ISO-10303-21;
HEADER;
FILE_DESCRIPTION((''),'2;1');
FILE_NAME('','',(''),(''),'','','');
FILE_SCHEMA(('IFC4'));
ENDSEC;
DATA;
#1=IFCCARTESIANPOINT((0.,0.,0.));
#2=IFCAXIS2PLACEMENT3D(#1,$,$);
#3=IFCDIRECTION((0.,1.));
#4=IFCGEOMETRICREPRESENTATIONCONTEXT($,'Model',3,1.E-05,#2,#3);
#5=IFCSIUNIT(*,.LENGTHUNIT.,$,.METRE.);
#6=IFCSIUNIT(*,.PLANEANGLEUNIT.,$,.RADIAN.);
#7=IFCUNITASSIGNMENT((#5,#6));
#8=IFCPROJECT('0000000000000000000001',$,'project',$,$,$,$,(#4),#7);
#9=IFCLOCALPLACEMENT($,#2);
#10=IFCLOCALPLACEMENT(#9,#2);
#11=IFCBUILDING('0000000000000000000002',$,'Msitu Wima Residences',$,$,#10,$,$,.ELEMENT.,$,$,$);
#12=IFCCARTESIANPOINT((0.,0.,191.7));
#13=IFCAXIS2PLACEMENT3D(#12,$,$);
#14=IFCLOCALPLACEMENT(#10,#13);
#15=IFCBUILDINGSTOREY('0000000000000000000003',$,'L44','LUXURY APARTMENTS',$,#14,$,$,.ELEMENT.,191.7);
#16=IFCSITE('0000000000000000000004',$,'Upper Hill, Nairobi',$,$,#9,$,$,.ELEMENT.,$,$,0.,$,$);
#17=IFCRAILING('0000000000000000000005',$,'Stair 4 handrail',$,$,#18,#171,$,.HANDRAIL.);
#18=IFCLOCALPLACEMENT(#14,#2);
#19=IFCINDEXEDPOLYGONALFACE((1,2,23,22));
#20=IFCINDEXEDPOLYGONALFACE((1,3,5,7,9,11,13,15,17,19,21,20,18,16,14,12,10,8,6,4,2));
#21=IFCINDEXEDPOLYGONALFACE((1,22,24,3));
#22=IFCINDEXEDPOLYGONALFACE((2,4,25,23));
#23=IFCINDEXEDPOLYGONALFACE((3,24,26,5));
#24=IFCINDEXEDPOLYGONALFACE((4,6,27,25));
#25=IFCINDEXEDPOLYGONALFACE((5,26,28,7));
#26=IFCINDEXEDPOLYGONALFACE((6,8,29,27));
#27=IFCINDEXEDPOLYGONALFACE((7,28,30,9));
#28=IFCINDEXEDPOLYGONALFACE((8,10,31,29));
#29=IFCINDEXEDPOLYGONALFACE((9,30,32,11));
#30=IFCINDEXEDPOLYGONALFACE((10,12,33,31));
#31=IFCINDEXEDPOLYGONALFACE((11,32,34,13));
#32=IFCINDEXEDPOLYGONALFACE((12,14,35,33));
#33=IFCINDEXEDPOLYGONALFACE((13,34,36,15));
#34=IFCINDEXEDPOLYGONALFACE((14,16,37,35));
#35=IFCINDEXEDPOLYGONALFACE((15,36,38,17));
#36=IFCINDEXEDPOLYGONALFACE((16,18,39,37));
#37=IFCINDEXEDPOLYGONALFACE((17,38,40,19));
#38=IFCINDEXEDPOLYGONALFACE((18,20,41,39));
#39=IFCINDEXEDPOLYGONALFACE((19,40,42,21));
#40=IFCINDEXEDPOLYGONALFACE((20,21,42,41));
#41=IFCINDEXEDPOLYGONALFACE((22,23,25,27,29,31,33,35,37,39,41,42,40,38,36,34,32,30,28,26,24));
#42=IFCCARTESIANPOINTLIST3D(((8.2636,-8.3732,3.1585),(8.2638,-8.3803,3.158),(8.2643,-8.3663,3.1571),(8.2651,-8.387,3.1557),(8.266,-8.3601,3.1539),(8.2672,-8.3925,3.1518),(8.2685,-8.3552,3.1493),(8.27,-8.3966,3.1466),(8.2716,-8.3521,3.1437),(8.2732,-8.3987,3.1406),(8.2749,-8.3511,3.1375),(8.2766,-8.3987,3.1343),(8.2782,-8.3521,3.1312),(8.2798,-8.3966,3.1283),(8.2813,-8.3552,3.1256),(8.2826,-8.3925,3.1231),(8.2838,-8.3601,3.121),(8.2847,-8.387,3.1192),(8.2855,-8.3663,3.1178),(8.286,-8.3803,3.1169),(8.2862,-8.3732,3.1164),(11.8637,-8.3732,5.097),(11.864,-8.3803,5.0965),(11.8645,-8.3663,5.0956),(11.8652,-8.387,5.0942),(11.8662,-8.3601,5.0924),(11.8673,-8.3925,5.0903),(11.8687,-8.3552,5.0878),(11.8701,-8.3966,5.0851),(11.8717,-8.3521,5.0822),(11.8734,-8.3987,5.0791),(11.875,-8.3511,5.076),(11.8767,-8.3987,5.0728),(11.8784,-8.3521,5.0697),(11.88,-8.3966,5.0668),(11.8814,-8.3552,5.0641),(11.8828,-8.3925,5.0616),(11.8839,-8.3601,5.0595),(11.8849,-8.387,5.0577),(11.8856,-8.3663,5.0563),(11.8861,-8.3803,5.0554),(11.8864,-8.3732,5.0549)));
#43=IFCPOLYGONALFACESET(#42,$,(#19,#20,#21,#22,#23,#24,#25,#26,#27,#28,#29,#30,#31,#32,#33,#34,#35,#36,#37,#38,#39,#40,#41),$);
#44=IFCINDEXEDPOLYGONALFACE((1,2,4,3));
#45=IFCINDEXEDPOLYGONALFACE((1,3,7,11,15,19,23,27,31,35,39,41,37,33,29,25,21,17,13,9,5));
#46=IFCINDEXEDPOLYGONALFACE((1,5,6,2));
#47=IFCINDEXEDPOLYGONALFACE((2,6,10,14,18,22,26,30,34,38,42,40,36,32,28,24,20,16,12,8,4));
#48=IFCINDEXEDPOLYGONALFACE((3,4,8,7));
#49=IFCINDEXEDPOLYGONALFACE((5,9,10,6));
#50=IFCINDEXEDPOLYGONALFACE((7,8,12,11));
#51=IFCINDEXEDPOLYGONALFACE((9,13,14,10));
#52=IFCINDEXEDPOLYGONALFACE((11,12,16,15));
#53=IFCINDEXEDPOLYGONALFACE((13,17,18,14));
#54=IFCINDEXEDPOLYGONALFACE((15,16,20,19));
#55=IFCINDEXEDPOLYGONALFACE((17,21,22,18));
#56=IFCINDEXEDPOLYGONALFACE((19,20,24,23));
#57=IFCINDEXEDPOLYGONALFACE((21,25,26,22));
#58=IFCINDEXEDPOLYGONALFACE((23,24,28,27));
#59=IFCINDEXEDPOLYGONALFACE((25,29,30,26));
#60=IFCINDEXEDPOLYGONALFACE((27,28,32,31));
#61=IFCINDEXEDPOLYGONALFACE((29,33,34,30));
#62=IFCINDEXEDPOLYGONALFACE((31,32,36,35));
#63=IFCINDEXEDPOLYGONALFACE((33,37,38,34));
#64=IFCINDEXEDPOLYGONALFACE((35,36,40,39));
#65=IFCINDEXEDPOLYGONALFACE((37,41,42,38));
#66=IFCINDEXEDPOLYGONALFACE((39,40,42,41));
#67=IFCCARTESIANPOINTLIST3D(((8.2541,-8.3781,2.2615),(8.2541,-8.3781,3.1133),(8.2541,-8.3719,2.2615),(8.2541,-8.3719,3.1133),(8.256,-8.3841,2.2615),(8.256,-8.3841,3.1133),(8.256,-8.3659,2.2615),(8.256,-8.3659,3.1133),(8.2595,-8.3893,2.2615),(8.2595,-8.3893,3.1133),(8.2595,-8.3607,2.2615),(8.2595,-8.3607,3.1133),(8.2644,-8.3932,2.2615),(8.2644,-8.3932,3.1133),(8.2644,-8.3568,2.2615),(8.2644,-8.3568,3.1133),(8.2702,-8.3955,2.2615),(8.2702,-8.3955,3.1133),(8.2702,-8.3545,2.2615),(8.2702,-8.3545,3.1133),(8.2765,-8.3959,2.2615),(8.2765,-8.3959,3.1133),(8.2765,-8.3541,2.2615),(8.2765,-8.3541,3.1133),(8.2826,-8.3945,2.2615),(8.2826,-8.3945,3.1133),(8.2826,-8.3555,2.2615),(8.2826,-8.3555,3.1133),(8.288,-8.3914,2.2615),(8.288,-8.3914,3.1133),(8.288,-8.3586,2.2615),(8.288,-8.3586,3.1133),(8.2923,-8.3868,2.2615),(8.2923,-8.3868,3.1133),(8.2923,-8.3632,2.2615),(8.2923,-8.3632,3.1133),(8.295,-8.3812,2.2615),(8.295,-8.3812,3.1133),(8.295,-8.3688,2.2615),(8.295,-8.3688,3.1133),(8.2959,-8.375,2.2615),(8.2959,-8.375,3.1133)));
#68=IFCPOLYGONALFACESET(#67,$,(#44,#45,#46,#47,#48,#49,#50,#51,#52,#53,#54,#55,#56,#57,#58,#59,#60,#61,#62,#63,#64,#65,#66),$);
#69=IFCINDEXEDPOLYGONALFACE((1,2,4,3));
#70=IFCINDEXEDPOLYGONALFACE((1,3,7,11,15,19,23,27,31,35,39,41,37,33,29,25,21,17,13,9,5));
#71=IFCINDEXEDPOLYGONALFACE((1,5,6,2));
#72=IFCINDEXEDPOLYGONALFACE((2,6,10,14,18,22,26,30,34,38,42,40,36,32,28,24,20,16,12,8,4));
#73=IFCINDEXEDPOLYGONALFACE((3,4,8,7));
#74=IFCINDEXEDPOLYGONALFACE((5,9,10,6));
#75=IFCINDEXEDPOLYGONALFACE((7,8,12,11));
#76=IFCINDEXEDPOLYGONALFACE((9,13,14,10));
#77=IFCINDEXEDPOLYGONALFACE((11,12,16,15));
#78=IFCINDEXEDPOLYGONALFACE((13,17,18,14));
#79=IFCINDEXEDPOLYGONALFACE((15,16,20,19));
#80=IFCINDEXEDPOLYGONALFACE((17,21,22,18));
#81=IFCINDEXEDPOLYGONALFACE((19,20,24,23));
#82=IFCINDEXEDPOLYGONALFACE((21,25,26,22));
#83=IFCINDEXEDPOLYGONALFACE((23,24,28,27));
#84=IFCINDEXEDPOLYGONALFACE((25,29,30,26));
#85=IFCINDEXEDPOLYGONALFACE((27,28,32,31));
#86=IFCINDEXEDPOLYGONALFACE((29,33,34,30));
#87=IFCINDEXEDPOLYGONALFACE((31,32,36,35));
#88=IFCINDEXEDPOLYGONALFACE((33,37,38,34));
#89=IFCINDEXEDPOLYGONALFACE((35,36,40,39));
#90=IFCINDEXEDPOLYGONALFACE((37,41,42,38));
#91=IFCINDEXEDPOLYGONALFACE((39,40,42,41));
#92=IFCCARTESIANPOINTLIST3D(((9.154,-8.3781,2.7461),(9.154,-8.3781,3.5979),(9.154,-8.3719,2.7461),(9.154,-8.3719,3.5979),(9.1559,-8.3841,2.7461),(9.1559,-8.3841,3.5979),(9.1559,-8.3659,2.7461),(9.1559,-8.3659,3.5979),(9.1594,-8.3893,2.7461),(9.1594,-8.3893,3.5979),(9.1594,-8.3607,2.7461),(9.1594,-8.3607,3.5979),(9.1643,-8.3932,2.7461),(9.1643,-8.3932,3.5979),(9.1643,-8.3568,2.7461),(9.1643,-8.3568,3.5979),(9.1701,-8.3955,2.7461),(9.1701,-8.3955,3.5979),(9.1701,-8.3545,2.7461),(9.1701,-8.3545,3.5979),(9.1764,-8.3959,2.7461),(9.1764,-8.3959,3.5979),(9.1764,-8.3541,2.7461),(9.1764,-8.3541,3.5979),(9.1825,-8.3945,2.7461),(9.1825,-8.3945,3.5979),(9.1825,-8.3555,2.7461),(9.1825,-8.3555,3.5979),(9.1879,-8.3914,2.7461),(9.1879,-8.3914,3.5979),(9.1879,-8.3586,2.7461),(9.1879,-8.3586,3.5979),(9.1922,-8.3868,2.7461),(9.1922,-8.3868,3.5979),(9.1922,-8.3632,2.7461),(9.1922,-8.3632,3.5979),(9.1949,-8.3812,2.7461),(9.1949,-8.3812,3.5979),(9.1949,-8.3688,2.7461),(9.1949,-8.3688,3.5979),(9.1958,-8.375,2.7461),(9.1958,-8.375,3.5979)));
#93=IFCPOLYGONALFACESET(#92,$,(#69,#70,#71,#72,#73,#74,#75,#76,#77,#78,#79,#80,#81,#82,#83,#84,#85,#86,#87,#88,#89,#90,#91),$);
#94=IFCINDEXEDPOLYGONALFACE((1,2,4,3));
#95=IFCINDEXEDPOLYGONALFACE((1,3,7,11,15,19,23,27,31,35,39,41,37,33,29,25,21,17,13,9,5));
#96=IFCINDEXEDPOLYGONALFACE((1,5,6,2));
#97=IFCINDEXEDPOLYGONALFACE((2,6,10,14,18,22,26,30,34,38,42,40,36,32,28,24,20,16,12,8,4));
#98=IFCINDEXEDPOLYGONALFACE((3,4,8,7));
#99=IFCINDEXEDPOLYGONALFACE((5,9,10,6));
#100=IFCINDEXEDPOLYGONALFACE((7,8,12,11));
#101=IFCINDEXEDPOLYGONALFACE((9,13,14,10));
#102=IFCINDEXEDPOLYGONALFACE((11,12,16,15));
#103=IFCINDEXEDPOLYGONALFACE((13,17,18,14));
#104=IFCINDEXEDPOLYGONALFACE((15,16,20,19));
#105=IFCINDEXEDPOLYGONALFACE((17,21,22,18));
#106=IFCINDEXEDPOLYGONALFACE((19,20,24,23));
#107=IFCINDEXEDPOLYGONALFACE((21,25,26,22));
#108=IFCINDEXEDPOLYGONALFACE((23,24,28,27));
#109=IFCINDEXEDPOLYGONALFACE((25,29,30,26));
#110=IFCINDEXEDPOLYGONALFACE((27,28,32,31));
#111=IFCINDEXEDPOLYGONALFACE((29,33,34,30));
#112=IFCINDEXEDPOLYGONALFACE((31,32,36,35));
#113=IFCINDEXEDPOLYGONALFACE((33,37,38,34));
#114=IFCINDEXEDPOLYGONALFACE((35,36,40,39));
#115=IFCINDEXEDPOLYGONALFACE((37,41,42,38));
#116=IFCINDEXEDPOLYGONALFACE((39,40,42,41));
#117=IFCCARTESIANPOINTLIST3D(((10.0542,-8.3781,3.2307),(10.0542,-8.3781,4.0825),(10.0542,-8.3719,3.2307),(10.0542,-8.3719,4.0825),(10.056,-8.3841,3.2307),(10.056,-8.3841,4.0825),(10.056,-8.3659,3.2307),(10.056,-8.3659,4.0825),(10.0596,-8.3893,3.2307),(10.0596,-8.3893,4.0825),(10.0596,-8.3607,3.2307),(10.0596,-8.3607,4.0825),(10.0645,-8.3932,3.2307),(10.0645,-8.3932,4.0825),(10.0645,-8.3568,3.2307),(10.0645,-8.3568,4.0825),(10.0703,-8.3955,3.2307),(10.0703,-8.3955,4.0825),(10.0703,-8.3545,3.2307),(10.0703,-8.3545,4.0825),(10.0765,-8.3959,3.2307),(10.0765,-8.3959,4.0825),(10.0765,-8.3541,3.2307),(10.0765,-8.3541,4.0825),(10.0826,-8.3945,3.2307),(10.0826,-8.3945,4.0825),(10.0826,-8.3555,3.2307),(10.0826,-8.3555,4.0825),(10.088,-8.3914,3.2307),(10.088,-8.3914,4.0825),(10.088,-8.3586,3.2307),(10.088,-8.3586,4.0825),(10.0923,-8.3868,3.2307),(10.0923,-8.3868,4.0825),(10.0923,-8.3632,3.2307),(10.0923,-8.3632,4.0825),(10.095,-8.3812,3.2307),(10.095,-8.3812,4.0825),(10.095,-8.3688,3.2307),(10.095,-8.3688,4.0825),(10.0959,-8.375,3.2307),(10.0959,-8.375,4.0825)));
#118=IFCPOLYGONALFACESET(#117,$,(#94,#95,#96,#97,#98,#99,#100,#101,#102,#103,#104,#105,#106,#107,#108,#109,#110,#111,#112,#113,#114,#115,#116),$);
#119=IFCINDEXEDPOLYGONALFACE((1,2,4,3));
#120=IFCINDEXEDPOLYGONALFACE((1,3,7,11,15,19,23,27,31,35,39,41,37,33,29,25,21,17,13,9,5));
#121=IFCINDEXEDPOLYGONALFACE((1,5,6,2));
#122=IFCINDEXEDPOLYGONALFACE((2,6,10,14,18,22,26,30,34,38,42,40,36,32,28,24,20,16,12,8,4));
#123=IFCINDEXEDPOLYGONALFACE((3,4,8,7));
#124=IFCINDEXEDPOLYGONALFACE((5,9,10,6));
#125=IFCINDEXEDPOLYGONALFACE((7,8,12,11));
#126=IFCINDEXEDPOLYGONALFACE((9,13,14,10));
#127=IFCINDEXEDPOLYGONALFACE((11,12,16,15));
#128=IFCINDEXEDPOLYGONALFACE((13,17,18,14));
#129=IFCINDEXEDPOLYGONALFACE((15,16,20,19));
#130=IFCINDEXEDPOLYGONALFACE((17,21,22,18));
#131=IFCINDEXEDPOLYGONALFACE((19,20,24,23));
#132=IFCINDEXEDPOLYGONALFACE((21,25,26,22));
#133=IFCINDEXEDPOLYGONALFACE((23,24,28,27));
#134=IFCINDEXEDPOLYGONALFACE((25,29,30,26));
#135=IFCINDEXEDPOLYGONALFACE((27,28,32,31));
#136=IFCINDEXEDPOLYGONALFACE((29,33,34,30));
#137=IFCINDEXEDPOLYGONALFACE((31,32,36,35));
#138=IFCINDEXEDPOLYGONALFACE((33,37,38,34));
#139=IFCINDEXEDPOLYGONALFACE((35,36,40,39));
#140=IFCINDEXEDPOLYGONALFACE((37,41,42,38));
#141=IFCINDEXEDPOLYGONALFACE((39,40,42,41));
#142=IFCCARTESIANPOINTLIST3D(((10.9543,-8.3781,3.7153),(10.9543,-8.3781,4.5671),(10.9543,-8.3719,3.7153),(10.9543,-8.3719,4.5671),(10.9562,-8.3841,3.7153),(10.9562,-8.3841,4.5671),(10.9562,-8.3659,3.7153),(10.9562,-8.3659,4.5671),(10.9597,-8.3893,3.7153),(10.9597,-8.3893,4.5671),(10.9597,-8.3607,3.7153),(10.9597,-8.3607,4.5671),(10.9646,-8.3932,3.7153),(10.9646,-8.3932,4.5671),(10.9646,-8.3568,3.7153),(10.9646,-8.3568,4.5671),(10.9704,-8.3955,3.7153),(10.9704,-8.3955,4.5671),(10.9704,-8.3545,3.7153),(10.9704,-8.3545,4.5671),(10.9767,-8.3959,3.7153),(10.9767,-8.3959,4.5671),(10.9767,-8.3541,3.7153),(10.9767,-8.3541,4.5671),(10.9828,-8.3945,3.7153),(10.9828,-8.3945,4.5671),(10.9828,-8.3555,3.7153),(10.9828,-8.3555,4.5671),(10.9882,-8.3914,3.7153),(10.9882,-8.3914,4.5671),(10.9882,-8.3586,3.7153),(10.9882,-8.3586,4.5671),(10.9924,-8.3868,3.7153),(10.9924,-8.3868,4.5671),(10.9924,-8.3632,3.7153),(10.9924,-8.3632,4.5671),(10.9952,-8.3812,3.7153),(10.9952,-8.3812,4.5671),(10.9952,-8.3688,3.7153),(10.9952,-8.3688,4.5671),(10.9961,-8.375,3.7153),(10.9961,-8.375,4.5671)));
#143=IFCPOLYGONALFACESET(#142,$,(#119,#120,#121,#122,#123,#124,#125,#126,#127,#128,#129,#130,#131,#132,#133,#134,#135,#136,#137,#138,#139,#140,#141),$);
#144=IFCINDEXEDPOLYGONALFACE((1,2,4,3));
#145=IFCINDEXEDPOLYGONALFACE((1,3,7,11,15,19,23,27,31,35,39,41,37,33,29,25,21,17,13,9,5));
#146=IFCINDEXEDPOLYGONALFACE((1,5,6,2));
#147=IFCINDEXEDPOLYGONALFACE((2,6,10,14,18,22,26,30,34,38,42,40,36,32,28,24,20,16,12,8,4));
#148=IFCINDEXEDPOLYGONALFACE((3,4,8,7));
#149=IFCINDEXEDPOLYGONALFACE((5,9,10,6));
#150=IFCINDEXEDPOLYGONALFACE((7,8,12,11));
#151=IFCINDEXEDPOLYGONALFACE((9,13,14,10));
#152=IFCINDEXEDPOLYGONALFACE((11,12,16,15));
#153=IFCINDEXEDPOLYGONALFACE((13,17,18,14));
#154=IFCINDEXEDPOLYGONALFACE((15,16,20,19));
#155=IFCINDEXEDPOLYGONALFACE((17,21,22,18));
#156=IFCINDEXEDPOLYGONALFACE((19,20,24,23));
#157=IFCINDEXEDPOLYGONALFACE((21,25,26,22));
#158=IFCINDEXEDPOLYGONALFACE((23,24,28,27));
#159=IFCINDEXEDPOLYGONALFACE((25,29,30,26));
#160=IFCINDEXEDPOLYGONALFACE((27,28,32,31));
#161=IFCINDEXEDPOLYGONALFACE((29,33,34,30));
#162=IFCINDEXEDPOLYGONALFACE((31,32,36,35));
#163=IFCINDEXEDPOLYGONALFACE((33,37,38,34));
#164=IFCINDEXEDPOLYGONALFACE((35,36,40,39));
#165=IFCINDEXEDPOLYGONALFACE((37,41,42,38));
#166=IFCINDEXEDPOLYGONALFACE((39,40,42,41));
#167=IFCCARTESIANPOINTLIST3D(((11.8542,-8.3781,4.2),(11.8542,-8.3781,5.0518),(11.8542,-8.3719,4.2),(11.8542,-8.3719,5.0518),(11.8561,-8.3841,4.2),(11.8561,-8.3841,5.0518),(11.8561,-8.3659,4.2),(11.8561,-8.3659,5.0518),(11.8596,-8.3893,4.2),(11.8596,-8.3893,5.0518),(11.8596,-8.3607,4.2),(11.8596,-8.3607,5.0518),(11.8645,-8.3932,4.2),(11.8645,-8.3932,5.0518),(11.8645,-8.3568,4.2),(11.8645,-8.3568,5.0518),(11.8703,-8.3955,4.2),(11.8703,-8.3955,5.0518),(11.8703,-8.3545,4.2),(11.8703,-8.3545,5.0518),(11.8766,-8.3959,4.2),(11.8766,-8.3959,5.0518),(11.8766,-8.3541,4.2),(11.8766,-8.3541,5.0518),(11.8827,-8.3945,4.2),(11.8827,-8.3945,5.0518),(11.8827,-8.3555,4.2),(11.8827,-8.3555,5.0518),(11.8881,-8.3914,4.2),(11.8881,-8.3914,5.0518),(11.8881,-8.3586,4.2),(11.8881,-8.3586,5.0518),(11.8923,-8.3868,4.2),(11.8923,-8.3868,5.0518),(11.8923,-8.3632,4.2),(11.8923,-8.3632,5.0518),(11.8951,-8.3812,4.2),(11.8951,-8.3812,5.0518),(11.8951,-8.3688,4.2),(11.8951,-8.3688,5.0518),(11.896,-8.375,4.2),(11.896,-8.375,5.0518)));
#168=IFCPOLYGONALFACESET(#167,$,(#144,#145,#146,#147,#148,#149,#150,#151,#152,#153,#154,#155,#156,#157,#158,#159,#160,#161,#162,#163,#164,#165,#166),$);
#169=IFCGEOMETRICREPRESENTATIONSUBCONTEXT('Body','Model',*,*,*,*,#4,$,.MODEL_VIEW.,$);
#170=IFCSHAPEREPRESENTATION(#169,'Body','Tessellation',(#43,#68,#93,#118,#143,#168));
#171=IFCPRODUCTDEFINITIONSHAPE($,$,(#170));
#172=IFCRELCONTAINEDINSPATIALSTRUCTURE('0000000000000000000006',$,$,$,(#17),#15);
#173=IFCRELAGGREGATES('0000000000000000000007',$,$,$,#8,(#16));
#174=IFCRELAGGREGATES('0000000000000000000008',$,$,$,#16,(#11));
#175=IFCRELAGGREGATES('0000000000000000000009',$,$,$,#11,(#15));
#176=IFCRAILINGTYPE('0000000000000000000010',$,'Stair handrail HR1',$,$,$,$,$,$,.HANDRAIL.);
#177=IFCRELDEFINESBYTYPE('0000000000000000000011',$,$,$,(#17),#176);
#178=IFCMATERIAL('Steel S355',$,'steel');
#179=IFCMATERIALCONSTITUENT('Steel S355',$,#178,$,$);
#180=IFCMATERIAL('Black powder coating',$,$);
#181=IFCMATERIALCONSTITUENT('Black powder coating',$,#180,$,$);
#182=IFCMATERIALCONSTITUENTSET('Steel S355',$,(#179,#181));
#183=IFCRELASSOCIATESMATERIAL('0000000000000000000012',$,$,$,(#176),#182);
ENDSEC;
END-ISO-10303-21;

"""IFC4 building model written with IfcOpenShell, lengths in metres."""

from ifc_helpers import new_model, si_unit, direction, frame, origin, origin_2d, place, context, subcontext, project, spatial, circle, extrude, material, constituent, constituent_set, type_object, element, save


model = new_model("IFC4")

# Units and contexts
model_context = context("Model", 3, precision=1e-05, world=origin(), true_north=direction((0.0, 1.0)))
body_context = subcontext(model_context, "Body", "Model", "MODEL_VIEW")
ifc_project = project(units=[si_unit("LENGTHUNIT", "METRE"), si_unit("PLANEANGLEUNIT", "RADIAN")], contexts=[model_context])

# Site, building, storey
site_placement = place(None, origin())
site = spatial("IfcSite", under=ifc_project, at=site_placement, Name="Upper Hill, Nairobi", CompositionType="ELEMENT", RefElevation=0.0)
building_placement = place(site_placement, origin())
building = spatial("IfcBuilding", under=site, at=building_placement, Name="Msitu Wima Residences", CompositionType="ELEMENT")
storey_placement = place(building_placement, frame((0.0, 0.0, 191.7)))
storey = spatial("IfcBuildingStorey", under=building, at=storey_placement, Name="L44", Description="LUXURY APARTMENTS", CompositionType="ELEMENT", Elevation=191.7)

# Railing
ifc_material_1 = material(Name="Steel S355", Category="steel")
ifc_constituent_1 = constituent(ifc_material_1, Name="Steel S355")
ifc_material_2 = material(Name="Black powder coating")
ifc_constituent_2 = constituent(ifc_material_2, Name="Black powder coating")
ifc_constituent_set = constituent_set(constituents=[ifc_constituent_1, ifc_constituent_2], Name="Steel S355")
railing_type = type_object("IfcRailingType", Name="Stair handrail HR1", PredefinedType="HANDRAIL", material=ifc_constituent_set)
for number, where, name in (
    (1, (8.2749, -8.375, 2.2615), "Stair 4 handrail"),
):
    element("IfcRailing", number, at=place(storey_placement, frame(where)), inside=storey, type_object=railing_type, Name=name, PredefinedType="HANDRAIL", context=body_context, shape_type="SweptSolid", body=[
        extrude(circle(Radius=0.0239, at=origin_2d()), frame((0.0, 0.0, 0.876), z_axis=(0.880475, 0.0, 0.474093), x_axis=(0.0, 1.0, 0.0)), (0.0, 0.0, 1.0), 4.0889),
        extrude(circle(Radius=0.021, at=origin_2d()), origin(), (0.0, 0.0, 1.0), 0.8518),
        extrude(circle(Radius=0.021, at=origin_2d()), frame((0.8999, 0.0, 0.4846)), (0.0, 0.0, 1.0), 0.8518),
        extrude(circle(Radius=0.021, at=origin_2d()), frame((1.8, 0.0, 0.9692)), (0.0, 0.0, 1.0), 0.8518),
        extrude(circle(Radius=0.021, at=origin_2d()), frame((2.7002, 0.0, 1.4539)), (0.0, 0.0, 1.0), 0.8518),
        extrude(circle(Radius=0.021, at=origin_2d()), frame((3.6001, 0.0, 1.9385)), (0.0, 0.0, 1.0), 0.8518),
    ])

save(model, "model.ifc")
